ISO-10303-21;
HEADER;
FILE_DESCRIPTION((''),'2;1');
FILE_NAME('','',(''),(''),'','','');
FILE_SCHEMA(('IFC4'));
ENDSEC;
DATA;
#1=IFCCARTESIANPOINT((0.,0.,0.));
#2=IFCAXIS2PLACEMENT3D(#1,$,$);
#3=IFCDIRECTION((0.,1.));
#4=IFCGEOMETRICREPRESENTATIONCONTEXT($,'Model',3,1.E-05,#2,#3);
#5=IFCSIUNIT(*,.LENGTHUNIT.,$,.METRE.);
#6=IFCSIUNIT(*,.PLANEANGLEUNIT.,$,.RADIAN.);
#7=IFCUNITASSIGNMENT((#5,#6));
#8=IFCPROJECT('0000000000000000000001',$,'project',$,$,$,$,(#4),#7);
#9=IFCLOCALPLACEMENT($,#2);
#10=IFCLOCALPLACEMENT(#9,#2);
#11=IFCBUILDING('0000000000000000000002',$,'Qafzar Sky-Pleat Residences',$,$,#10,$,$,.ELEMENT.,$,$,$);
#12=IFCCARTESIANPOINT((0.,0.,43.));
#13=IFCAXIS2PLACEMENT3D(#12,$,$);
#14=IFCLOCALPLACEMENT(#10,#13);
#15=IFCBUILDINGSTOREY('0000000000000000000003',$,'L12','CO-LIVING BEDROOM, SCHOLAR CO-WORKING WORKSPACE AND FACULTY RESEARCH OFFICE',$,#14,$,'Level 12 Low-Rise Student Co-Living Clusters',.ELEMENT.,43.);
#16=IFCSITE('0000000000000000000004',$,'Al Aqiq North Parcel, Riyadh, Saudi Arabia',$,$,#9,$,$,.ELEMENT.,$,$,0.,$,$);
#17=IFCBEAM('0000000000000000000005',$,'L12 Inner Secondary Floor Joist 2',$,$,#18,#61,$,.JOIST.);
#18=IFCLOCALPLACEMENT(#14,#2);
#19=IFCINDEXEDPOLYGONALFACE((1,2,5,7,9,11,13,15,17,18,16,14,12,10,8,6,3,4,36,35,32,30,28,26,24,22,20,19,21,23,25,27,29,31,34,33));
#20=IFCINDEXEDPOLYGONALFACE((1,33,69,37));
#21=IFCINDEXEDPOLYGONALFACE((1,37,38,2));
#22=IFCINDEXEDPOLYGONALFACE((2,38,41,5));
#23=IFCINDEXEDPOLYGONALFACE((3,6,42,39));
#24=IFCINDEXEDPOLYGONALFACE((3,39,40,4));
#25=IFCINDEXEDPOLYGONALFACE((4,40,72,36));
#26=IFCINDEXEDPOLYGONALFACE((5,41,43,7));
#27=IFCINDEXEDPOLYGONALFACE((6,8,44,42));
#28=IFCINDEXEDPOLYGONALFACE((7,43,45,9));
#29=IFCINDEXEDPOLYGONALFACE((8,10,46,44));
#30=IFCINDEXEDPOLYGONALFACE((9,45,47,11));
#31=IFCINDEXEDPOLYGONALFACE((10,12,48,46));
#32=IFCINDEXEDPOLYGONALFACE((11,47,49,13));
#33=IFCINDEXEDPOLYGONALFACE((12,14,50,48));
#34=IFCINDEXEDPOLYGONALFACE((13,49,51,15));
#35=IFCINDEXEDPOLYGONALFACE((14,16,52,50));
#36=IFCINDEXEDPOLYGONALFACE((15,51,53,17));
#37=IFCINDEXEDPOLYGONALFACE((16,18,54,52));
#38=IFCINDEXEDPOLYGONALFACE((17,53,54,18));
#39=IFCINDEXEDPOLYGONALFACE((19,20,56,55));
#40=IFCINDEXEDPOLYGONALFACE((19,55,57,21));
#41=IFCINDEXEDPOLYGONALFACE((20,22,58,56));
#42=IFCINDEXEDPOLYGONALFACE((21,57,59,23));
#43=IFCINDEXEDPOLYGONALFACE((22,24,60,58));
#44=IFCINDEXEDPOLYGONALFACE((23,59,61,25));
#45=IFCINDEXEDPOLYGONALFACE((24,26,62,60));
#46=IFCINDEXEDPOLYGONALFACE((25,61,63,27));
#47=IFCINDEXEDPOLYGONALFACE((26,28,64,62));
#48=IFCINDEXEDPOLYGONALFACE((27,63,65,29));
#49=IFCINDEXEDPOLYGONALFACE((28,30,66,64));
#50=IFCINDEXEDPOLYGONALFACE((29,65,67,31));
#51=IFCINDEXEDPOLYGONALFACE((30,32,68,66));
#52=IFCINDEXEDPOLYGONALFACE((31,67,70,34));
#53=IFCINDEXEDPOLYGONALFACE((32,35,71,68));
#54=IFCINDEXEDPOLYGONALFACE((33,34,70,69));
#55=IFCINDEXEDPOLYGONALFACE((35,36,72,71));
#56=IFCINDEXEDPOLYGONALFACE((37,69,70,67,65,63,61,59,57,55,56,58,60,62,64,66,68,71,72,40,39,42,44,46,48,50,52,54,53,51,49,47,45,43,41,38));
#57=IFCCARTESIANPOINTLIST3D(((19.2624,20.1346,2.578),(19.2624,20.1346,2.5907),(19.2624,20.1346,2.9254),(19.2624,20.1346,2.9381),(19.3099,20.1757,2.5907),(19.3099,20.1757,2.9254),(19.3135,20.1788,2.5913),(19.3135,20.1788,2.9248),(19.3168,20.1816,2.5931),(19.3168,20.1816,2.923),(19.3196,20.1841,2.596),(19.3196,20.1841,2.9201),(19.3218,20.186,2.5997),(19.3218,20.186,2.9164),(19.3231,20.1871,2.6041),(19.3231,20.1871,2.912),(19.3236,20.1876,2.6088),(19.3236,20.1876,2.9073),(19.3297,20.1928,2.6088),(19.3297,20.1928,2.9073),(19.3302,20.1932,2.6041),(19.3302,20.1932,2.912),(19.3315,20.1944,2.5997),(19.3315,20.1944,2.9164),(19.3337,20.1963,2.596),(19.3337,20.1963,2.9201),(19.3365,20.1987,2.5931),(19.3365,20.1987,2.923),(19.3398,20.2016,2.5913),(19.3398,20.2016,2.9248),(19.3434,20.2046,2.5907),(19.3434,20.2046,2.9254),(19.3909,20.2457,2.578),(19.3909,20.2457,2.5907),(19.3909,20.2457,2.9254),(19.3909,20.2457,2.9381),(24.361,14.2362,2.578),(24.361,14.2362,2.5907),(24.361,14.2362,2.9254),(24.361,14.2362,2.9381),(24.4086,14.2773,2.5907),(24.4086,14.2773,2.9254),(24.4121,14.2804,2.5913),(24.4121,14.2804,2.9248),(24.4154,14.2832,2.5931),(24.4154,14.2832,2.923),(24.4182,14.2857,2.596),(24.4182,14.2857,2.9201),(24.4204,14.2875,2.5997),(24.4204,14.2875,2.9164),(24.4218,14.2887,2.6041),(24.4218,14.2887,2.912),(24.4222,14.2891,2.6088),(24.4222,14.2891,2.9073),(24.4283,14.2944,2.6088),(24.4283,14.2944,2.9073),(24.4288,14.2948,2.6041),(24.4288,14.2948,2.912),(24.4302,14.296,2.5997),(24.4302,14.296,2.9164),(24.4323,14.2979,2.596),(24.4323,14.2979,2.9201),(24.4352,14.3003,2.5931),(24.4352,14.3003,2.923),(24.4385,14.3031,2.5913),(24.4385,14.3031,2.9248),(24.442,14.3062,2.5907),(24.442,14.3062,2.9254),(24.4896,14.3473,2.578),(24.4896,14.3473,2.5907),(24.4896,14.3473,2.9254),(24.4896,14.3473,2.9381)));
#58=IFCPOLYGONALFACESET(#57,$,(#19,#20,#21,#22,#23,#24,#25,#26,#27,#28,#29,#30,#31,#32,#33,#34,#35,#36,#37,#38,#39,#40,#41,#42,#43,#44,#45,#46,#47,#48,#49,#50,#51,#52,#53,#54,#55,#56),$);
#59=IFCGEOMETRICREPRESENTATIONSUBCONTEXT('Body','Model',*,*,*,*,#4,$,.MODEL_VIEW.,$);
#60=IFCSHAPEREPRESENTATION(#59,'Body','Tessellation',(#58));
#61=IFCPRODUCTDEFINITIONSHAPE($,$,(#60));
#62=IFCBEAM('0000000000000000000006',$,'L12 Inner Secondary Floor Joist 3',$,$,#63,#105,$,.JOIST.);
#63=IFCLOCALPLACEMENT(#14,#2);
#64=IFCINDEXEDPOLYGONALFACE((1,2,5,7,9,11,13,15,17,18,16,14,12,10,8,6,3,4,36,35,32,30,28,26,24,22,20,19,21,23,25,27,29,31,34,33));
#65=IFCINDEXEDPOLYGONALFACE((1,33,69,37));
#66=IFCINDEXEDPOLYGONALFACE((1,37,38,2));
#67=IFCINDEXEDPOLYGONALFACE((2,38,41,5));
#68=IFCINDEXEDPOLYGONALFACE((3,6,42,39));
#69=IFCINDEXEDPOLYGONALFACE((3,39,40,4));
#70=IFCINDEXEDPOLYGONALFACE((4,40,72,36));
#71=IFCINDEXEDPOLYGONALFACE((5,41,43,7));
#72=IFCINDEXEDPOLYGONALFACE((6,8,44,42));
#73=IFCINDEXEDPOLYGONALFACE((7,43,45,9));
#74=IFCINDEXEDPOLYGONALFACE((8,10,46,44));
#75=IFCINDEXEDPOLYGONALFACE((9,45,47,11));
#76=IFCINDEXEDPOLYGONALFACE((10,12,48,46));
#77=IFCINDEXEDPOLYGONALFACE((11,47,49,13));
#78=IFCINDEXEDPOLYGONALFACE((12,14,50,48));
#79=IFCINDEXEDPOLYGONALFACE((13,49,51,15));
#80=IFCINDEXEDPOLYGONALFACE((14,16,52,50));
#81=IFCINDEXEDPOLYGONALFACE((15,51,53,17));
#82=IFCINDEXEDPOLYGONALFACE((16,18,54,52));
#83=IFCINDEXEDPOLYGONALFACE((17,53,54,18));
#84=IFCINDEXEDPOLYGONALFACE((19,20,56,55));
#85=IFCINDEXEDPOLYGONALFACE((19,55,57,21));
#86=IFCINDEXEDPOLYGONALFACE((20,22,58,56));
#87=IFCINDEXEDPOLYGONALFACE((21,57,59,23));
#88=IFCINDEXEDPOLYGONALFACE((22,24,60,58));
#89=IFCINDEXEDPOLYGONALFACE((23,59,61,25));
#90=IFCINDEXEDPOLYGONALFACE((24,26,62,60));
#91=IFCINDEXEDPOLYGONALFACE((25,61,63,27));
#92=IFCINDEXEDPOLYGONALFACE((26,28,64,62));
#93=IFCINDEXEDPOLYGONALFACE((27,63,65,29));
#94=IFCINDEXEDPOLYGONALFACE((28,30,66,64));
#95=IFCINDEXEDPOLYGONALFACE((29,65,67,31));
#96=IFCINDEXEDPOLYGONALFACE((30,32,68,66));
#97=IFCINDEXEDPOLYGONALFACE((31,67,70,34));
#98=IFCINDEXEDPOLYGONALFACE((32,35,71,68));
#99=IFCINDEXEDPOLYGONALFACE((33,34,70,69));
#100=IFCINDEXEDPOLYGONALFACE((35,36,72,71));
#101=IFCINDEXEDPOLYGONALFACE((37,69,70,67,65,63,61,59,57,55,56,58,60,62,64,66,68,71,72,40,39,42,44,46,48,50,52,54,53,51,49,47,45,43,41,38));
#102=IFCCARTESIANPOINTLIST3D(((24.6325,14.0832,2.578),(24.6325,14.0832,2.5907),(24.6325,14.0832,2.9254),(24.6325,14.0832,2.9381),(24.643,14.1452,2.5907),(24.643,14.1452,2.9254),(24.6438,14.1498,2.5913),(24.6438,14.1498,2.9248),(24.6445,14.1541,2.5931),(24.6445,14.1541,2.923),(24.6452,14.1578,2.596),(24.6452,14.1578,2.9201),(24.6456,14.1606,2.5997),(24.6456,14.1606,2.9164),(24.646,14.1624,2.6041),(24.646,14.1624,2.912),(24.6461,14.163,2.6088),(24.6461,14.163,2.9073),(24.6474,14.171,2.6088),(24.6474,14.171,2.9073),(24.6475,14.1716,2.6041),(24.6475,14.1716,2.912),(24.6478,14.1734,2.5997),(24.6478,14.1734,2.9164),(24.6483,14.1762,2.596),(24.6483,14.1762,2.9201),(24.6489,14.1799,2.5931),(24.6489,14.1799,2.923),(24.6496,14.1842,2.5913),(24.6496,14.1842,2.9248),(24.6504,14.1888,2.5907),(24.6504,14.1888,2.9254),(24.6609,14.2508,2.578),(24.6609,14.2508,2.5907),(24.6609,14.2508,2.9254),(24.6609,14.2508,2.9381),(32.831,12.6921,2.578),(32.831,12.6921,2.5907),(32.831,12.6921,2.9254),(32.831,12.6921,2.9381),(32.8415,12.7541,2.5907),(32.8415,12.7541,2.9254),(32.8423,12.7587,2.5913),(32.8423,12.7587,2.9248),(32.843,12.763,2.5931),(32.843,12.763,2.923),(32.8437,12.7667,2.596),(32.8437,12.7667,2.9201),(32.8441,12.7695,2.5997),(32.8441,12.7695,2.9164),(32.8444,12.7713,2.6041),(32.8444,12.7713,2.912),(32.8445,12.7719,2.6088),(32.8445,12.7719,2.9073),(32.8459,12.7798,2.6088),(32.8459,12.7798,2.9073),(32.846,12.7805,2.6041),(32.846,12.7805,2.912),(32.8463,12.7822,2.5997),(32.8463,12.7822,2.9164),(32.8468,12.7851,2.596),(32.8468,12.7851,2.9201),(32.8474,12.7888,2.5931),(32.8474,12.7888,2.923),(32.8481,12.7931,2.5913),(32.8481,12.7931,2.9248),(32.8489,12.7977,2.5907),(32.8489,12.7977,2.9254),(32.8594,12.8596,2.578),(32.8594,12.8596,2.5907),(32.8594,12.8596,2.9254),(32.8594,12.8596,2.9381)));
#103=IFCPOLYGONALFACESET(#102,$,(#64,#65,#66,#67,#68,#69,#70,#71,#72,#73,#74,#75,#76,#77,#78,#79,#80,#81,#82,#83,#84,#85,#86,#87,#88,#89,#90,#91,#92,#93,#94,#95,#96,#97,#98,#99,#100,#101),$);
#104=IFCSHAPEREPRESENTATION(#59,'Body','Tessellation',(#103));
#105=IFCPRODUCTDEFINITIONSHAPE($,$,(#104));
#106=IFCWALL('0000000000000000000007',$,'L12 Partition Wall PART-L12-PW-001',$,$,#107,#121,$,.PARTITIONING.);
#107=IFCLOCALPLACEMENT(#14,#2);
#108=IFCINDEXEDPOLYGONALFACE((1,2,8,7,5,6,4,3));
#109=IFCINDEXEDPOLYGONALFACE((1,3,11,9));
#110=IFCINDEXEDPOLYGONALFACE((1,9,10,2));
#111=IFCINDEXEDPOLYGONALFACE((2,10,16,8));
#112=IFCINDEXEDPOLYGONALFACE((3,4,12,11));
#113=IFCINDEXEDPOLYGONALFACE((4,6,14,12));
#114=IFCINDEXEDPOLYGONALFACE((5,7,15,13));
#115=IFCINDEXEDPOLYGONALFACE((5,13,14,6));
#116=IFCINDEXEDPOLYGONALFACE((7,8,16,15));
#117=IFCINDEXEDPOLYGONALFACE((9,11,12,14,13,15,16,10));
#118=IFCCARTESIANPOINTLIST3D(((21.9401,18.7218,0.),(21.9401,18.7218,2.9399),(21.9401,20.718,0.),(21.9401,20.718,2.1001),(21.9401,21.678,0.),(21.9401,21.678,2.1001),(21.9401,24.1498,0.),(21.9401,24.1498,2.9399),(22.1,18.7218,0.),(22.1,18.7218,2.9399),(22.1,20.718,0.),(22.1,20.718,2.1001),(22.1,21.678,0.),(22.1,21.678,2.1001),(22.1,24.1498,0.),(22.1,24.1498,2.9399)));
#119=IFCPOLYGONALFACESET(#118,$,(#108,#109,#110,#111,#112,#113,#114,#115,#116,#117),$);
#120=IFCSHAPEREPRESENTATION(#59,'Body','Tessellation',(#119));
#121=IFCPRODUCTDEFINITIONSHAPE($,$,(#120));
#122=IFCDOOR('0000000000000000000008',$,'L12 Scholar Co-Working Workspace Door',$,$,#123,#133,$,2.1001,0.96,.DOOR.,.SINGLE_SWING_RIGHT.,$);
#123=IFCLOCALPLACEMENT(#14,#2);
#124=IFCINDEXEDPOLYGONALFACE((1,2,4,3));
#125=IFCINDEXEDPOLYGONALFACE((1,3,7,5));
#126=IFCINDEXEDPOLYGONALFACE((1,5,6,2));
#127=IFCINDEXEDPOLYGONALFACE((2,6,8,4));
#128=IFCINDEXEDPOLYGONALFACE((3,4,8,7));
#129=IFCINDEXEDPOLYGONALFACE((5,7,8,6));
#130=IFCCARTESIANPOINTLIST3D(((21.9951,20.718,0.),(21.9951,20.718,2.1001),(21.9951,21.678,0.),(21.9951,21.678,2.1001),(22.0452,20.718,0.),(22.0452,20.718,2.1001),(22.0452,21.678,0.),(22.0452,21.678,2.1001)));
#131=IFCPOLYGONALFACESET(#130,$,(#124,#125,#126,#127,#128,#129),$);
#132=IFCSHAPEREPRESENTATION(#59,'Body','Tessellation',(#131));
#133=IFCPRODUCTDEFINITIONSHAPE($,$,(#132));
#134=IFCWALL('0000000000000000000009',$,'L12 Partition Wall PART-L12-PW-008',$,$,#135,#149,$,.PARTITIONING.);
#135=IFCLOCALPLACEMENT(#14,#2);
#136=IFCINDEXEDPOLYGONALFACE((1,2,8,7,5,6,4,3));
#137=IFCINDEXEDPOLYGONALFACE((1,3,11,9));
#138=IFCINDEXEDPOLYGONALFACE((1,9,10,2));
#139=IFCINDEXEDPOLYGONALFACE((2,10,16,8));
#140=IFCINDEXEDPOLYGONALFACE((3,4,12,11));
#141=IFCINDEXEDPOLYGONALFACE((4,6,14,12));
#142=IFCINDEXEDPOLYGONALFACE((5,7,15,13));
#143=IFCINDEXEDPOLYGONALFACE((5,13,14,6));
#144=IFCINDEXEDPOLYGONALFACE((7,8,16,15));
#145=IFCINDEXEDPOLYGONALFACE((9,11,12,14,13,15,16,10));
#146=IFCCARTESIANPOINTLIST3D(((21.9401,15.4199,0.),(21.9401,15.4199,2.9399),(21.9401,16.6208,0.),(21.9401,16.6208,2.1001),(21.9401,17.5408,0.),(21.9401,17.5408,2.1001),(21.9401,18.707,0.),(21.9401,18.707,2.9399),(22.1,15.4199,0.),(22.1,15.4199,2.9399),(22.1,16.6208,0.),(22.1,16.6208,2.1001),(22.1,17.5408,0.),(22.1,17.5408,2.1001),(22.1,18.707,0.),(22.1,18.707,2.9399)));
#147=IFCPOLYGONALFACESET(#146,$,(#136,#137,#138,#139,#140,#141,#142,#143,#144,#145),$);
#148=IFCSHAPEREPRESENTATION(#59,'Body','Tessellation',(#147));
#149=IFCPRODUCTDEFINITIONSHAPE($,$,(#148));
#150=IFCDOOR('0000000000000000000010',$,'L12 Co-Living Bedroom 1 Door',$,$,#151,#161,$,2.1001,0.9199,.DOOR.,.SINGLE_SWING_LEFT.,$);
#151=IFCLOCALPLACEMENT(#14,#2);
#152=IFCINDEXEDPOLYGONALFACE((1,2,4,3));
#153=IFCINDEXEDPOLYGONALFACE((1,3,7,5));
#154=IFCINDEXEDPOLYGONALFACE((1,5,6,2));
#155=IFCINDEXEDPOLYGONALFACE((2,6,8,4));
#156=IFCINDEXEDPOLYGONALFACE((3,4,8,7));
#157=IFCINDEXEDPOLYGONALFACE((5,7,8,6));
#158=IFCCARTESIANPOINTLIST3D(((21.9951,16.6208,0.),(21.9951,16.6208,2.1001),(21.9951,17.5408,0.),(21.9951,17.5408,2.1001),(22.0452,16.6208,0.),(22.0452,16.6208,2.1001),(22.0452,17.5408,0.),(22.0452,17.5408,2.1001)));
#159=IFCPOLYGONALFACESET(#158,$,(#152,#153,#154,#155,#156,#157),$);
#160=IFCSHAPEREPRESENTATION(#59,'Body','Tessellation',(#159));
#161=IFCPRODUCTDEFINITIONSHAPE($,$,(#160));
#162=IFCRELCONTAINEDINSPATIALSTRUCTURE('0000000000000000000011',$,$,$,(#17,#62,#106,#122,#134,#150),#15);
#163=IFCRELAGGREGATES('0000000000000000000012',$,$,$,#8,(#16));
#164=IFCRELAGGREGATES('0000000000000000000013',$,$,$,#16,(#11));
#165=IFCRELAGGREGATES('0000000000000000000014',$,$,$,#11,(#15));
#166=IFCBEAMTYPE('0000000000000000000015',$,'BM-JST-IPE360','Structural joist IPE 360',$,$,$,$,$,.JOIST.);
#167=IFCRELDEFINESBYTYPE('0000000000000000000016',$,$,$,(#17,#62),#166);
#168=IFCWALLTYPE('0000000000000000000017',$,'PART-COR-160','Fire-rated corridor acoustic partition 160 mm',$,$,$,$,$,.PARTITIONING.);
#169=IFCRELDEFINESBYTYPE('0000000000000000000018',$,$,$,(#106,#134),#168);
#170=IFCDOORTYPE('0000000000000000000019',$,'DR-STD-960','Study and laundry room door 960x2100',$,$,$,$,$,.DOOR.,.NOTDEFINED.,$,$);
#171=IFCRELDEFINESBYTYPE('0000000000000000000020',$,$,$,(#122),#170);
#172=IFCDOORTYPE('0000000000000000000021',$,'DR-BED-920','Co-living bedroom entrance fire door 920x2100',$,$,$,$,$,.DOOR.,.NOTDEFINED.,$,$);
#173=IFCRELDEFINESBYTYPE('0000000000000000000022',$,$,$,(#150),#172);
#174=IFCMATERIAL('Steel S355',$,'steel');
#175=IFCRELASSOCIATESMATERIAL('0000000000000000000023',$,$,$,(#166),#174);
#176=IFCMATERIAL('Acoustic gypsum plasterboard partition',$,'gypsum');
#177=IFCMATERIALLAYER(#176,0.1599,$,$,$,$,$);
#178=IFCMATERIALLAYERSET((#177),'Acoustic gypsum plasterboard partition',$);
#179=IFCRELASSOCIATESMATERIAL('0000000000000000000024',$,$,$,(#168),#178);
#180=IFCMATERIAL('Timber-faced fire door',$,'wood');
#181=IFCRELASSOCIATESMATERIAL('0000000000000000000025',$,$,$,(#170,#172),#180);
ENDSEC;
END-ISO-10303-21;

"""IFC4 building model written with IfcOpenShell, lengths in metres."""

from ifc_helpers import new_model, si_unit, direction, frame, frame_2d, origin, origin_2d, place, context, subcontext, project, spatial, rectangle, i_section, extrude, source, transform, mapped, material, layer, layer_set, material_profile, profile_set, type_object, element, fill, save


model = new_model("IFC4")

# Units and contexts
model_context = context("Model", 3, precision=1e-05, world=origin(), true_north=direction((0.0, 1.0)))
body_context = subcontext(model_context, "Body", "Model", "MODEL_VIEW")
ifc_project = project(units=[si_unit("LENGTHUNIT", "METRE"), si_unit("PLANEANGLEUNIT", "RADIAN")], contexts=[model_context])

# Site, building, storey
site_placement = place(None, origin())
site = spatial("IfcSite", under=ifc_project, at=site_placement, Name="Al Aqiq North Parcel, Riyadh, Saudi Arabia", CompositionType="ELEMENT", RefElevation=0.0)
building_placement = place(site_placement, origin())
building = spatial("IfcBuilding", under=site, at=building_placement, Name="Qafzar Sky-Pleat Residences", CompositionType="ELEMENT")
storey_placement = place(building_placement, frame((0.0, 0.0, 43.0)))
storey = spatial("IfcBuildingStorey", under=building, at=storey_placement, Name="L12", Description="CO-LIVING BEDROOM, SCHOLAR CO-WORKING WORKSPACE AND FACULTY RESEARCH OFFICE", LongName="Level 12 Low-Rise Student Co-Living Clusters", CompositionType="ELEMENT", Elevation=43.0)

# Beams
ifc_material_1 = material(Name="Steel S355", Category="steel")
ifc_material_profile = material_profile(ifc_material_1, i_section(OverallWidth=0.1699, OverallDepth=0.3601, WebThickness=0.0081, FlangeThickness=0.0127, FilletRadius=0.0181, at=origin_2d()), Name="IPE 360")
ifc_profile_set = profile_set([ifc_material_profile], Name="Steel S355")
beam_type = type_object("IfcBeamType", Name="BM-JST-IPE360", Description="Structural joist IPE 360", PredefinedType="JOIST", material=ifc_profile_set)
shared_shape_1 = source(origin(), body_context, "Body", "SweptSolid", [
    extrude(i_section(OverallWidth=0.1699, OverallDepth=0.3601, WebThickness=0.0081, FlangeThickness=0.0127, FilletRadius=0.0181, at=origin_2d()), origin(), (0.0, 0.0, 1.0), 7.7966),
])
beam_1_placement = place(storey_placement, frame((19.3267, 20.1902, 2.7581), z_axis=(0.653952, -0.756536, 0.0), x_axis=(0.756536, 0.653952, 0.0)))
element("IfcBeam", 1, at=beam_1_placement, inside=storey, type_object=beam_type, Name="L12 Inner Secondary Floor Joist 2", PredefinedType="JOIST", context=body_context, shape_type="MappedRepresentation", body=[
    mapped(shared_shape_1, transform((0.0, 0.0, 0.0), x_axis=(1.0, 0.0, 0.0), y_axis=(0.0, 1.0, 0.0), z_axis=(0.0, 0.0, 1.0), scale=1.0)),
])
shared_shape_2 = source(origin(), body_context, "Body", "SweptSolid", [
    extrude(i_section(OverallWidth=0.1699, OverallDepth=0.3601, WebThickness=0.0081, FlangeThickness=0.0127, FilletRadius=0.0181, at=origin_2d()), origin(), (0.0, 0.0, 1.0), 8.3157),
])
beam_2_placement = place(storey_placement, frame((24.6467, 14.167, 2.7581), z_axis=(0.985908, -0.167288, 0.0), x_axis=(0.167288, 0.985908, 0.0)))
element("IfcBeam", 2, at=beam_2_placement, inside=storey, type_object=beam_type, Name="L12 Inner Secondary Floor Joist 3", PredefinedType="JOIST", context=body_context, shape_type="MappedRepresentation", body=[
    mapped(shared_shape_2, transform((0.0, 0.0, 0.0), x_axis=(1.0, 0.0, 0.0), y_axis=(0.0, 1.0, 0.0), z_axis=(0.0, 0.0, 1.0), scale=1.0)),
])

# Walls, openings, doors
ifc_material_2 = material(Name="Acoustic gypsum plasterboard partition", Category="gypsum")
ifc_layer_1 = layer(ifc_material_2, 0.1599)
ifc_layer_set_1 = layer_set([ifc_layer_1], Name="Acoustic gypsum plasterboard partition")
wall_type_1 = type_object("IfcWallType", Name="PART-COR-160", Description="Fire-rated corridor acoustic partition 160 mm", PredefinedType="PARTITIONING", material=ifc_layer_set_1)
wall_1_placement = place(storey_placement, frame((22.02, 18.7219, 0.0), z_axis=(0.0, 0.0, 1.0), x_axis=(0.0, 1.0, 0.0)))
wall_1 = element("IfcWall", 3, at=wall_1_placement, inside=storey, type_object=wall_type_1, Name="L12 Partition Wall PART-L12-PW-001", PredefinedType="PARTITIONING", context=body_context, shape_type="SweptSolid", body=[
    extrude(rectangle(XDim=5.428, YDim=0.1599, at=frame_2d((2.7139, 0.0))), origin(), (0.0, 0.0, 1.0), 2.9399),
])
opening_1_placement = place(wall_1_placement, frame((1.9961, 0.0, 0.0)))
opening_1 = element("IfcOpeningElement", 4, at=opening_1_placement, cuts=wall_1, PredefinedType="OPENING", context=body_context, shape_type="SweptSolid", body=[
    extrude(rectangle(XDim=0.96, YDim=2.1001, at=frame_2d((0.48, 1.05))), frame((0.0, 0.0898, 0.0), z_axis=(0.0, -1.0, 0.0), x_axis=(1.0, 0.0, 0.0)), (0.0, 0.0, 1.0), 0.1799),
])
ifc_material_3 = material(Name="Timber-faced fire door", Category="wood")
door_type_1 = type_object("IfcDoorType", Name="DR-STD-960", Description="Study and laundry room door 960x2100", OperationType="NOTDEFINED", PredefinedType="DOOR", material=ifc_material_3)
shared_shape_3 = source(origin(), body_context, "Body", "SweptSolid", [
    extrude(rectangle(XDim=0.96, YDim=2.1001, at=frame_2d((0.48, 1.05))), frame((0.0, 0.0249, 0.0), z_axis=(0.0, -1.0, 0.0), x_axis=(1.0, 0.0, 0.0)), (0.0, 0.0, 1.0), 0.05),
])
door_1_placement = place(opening_1_placement, origin())
door_1 = element("IfcDoor", 5, at=door_1_placement, inside=storey, type_object=door_type_1, Name="L12 Scholar Co-Working Workspace Door", OperationType="SINGLE_SWING_RIGHT", OverallHeight=2.1001, OverallWidth=0.96, PredefinedType="DOOR", context=body_context, shape_type="MappedRepresentation", body=[
    mapped(shared_shape_3, transform((0.0, 0.0, 0.0), x_axis=(1.0, 0.0, 0.0), y_axis=(0.0, 1.0, 0.0), z_axis=(0.0, 0.0, 1.0), scale=1.0)),
])
fill(opening_1, door_1)
wall_2_placement = place(storey_placement, frame((22.02, 15.4199, 0.0), z_axis=(0.0, 0.0, 1.0), x_axis=(0.0, 1.0, 0.0)))
wall_2 = element("IfcWall", 6, at=wall_2_placement, inside=storey, type_object=wall_type_1, Name="L12 Partition Wall PART-L12-PW-008", PredefinedType="PARTITIONING", context=body_context, shape_type="SweptSolid", body=[
    extrude(rectangle(XDim=3.2871, YDim=0.1599, at=frame_2d((1.6436, 0.0))), origin(), (0.0, 0.0, 1.0), 2.9399),
])
opening_2_placement = place(wall_2_placement, frame((1.2009, 0.0, 0.0)))
opening_2 = element("IfcOpeningElement", 7, at=opening_2_placement, cuts=wall_2, PredefinedType="OPENING", context=body_context, shape_type="SweptSolid", body=[
    extrude(rectangle(XDim=0.9199, YDim=2.1001, at=frame_2d((0.46, 1.05))), frame((0.0, 0.0898, 0.0), z_axis=(0.0, -1.0, 0.0), x_axis=(1.0, 0.0, 0.0)), (0.0, 0.0, 1.0), 0.1799),
])
door_type_2 = type_object("IfcDoorType", Name="DR-BED-920", Description="Co-living bedroom entrance fire door 920x2100", OperationType="NOTDEFINED", PredefinedType="DOOR", material=ifc_material_3)
shared_shape_4 = source(origin(), body_context, "Body", "SweptSolid", [
    extrude(rectangle(XDim=0.9199, YDim=2.1001, at=frame_2d((0.46, 1.05))), frame((0.0, 0.0249, 0.0), z_axis=(0.0, -1.0, 0.0), x_axis=(1.0, 0.0, 0.0)), (0.0, 0.0, 1.0), 0.05),
])
door_2_placement = place(opening_2_placement, origin())
door_2 = element("IfcDoor", 8, at=door_2_placement, inside=storey, type_object=door_type_2, Name="L12 Co-Living Bedroom 1 Door", OperationType="SINGLE_SWING_LEFT", OverallHeight=2.1001, OverallWidth=0.9199, PredefinedType="DOOR", context=body_context, shape_type="MappedRepresentation", body=[
    mapped(shared_shape_4, transform((0.0, 0.0, 0.0), x_axis=(1.0, 0.0, 0.0), y_axis=(0.0, 1.0, 0.0), z_axis=(0.0, 0.0, 1.0), scale=1.0)),
])
fill(opening_2, door_2)

save(model, "model.ifc")
